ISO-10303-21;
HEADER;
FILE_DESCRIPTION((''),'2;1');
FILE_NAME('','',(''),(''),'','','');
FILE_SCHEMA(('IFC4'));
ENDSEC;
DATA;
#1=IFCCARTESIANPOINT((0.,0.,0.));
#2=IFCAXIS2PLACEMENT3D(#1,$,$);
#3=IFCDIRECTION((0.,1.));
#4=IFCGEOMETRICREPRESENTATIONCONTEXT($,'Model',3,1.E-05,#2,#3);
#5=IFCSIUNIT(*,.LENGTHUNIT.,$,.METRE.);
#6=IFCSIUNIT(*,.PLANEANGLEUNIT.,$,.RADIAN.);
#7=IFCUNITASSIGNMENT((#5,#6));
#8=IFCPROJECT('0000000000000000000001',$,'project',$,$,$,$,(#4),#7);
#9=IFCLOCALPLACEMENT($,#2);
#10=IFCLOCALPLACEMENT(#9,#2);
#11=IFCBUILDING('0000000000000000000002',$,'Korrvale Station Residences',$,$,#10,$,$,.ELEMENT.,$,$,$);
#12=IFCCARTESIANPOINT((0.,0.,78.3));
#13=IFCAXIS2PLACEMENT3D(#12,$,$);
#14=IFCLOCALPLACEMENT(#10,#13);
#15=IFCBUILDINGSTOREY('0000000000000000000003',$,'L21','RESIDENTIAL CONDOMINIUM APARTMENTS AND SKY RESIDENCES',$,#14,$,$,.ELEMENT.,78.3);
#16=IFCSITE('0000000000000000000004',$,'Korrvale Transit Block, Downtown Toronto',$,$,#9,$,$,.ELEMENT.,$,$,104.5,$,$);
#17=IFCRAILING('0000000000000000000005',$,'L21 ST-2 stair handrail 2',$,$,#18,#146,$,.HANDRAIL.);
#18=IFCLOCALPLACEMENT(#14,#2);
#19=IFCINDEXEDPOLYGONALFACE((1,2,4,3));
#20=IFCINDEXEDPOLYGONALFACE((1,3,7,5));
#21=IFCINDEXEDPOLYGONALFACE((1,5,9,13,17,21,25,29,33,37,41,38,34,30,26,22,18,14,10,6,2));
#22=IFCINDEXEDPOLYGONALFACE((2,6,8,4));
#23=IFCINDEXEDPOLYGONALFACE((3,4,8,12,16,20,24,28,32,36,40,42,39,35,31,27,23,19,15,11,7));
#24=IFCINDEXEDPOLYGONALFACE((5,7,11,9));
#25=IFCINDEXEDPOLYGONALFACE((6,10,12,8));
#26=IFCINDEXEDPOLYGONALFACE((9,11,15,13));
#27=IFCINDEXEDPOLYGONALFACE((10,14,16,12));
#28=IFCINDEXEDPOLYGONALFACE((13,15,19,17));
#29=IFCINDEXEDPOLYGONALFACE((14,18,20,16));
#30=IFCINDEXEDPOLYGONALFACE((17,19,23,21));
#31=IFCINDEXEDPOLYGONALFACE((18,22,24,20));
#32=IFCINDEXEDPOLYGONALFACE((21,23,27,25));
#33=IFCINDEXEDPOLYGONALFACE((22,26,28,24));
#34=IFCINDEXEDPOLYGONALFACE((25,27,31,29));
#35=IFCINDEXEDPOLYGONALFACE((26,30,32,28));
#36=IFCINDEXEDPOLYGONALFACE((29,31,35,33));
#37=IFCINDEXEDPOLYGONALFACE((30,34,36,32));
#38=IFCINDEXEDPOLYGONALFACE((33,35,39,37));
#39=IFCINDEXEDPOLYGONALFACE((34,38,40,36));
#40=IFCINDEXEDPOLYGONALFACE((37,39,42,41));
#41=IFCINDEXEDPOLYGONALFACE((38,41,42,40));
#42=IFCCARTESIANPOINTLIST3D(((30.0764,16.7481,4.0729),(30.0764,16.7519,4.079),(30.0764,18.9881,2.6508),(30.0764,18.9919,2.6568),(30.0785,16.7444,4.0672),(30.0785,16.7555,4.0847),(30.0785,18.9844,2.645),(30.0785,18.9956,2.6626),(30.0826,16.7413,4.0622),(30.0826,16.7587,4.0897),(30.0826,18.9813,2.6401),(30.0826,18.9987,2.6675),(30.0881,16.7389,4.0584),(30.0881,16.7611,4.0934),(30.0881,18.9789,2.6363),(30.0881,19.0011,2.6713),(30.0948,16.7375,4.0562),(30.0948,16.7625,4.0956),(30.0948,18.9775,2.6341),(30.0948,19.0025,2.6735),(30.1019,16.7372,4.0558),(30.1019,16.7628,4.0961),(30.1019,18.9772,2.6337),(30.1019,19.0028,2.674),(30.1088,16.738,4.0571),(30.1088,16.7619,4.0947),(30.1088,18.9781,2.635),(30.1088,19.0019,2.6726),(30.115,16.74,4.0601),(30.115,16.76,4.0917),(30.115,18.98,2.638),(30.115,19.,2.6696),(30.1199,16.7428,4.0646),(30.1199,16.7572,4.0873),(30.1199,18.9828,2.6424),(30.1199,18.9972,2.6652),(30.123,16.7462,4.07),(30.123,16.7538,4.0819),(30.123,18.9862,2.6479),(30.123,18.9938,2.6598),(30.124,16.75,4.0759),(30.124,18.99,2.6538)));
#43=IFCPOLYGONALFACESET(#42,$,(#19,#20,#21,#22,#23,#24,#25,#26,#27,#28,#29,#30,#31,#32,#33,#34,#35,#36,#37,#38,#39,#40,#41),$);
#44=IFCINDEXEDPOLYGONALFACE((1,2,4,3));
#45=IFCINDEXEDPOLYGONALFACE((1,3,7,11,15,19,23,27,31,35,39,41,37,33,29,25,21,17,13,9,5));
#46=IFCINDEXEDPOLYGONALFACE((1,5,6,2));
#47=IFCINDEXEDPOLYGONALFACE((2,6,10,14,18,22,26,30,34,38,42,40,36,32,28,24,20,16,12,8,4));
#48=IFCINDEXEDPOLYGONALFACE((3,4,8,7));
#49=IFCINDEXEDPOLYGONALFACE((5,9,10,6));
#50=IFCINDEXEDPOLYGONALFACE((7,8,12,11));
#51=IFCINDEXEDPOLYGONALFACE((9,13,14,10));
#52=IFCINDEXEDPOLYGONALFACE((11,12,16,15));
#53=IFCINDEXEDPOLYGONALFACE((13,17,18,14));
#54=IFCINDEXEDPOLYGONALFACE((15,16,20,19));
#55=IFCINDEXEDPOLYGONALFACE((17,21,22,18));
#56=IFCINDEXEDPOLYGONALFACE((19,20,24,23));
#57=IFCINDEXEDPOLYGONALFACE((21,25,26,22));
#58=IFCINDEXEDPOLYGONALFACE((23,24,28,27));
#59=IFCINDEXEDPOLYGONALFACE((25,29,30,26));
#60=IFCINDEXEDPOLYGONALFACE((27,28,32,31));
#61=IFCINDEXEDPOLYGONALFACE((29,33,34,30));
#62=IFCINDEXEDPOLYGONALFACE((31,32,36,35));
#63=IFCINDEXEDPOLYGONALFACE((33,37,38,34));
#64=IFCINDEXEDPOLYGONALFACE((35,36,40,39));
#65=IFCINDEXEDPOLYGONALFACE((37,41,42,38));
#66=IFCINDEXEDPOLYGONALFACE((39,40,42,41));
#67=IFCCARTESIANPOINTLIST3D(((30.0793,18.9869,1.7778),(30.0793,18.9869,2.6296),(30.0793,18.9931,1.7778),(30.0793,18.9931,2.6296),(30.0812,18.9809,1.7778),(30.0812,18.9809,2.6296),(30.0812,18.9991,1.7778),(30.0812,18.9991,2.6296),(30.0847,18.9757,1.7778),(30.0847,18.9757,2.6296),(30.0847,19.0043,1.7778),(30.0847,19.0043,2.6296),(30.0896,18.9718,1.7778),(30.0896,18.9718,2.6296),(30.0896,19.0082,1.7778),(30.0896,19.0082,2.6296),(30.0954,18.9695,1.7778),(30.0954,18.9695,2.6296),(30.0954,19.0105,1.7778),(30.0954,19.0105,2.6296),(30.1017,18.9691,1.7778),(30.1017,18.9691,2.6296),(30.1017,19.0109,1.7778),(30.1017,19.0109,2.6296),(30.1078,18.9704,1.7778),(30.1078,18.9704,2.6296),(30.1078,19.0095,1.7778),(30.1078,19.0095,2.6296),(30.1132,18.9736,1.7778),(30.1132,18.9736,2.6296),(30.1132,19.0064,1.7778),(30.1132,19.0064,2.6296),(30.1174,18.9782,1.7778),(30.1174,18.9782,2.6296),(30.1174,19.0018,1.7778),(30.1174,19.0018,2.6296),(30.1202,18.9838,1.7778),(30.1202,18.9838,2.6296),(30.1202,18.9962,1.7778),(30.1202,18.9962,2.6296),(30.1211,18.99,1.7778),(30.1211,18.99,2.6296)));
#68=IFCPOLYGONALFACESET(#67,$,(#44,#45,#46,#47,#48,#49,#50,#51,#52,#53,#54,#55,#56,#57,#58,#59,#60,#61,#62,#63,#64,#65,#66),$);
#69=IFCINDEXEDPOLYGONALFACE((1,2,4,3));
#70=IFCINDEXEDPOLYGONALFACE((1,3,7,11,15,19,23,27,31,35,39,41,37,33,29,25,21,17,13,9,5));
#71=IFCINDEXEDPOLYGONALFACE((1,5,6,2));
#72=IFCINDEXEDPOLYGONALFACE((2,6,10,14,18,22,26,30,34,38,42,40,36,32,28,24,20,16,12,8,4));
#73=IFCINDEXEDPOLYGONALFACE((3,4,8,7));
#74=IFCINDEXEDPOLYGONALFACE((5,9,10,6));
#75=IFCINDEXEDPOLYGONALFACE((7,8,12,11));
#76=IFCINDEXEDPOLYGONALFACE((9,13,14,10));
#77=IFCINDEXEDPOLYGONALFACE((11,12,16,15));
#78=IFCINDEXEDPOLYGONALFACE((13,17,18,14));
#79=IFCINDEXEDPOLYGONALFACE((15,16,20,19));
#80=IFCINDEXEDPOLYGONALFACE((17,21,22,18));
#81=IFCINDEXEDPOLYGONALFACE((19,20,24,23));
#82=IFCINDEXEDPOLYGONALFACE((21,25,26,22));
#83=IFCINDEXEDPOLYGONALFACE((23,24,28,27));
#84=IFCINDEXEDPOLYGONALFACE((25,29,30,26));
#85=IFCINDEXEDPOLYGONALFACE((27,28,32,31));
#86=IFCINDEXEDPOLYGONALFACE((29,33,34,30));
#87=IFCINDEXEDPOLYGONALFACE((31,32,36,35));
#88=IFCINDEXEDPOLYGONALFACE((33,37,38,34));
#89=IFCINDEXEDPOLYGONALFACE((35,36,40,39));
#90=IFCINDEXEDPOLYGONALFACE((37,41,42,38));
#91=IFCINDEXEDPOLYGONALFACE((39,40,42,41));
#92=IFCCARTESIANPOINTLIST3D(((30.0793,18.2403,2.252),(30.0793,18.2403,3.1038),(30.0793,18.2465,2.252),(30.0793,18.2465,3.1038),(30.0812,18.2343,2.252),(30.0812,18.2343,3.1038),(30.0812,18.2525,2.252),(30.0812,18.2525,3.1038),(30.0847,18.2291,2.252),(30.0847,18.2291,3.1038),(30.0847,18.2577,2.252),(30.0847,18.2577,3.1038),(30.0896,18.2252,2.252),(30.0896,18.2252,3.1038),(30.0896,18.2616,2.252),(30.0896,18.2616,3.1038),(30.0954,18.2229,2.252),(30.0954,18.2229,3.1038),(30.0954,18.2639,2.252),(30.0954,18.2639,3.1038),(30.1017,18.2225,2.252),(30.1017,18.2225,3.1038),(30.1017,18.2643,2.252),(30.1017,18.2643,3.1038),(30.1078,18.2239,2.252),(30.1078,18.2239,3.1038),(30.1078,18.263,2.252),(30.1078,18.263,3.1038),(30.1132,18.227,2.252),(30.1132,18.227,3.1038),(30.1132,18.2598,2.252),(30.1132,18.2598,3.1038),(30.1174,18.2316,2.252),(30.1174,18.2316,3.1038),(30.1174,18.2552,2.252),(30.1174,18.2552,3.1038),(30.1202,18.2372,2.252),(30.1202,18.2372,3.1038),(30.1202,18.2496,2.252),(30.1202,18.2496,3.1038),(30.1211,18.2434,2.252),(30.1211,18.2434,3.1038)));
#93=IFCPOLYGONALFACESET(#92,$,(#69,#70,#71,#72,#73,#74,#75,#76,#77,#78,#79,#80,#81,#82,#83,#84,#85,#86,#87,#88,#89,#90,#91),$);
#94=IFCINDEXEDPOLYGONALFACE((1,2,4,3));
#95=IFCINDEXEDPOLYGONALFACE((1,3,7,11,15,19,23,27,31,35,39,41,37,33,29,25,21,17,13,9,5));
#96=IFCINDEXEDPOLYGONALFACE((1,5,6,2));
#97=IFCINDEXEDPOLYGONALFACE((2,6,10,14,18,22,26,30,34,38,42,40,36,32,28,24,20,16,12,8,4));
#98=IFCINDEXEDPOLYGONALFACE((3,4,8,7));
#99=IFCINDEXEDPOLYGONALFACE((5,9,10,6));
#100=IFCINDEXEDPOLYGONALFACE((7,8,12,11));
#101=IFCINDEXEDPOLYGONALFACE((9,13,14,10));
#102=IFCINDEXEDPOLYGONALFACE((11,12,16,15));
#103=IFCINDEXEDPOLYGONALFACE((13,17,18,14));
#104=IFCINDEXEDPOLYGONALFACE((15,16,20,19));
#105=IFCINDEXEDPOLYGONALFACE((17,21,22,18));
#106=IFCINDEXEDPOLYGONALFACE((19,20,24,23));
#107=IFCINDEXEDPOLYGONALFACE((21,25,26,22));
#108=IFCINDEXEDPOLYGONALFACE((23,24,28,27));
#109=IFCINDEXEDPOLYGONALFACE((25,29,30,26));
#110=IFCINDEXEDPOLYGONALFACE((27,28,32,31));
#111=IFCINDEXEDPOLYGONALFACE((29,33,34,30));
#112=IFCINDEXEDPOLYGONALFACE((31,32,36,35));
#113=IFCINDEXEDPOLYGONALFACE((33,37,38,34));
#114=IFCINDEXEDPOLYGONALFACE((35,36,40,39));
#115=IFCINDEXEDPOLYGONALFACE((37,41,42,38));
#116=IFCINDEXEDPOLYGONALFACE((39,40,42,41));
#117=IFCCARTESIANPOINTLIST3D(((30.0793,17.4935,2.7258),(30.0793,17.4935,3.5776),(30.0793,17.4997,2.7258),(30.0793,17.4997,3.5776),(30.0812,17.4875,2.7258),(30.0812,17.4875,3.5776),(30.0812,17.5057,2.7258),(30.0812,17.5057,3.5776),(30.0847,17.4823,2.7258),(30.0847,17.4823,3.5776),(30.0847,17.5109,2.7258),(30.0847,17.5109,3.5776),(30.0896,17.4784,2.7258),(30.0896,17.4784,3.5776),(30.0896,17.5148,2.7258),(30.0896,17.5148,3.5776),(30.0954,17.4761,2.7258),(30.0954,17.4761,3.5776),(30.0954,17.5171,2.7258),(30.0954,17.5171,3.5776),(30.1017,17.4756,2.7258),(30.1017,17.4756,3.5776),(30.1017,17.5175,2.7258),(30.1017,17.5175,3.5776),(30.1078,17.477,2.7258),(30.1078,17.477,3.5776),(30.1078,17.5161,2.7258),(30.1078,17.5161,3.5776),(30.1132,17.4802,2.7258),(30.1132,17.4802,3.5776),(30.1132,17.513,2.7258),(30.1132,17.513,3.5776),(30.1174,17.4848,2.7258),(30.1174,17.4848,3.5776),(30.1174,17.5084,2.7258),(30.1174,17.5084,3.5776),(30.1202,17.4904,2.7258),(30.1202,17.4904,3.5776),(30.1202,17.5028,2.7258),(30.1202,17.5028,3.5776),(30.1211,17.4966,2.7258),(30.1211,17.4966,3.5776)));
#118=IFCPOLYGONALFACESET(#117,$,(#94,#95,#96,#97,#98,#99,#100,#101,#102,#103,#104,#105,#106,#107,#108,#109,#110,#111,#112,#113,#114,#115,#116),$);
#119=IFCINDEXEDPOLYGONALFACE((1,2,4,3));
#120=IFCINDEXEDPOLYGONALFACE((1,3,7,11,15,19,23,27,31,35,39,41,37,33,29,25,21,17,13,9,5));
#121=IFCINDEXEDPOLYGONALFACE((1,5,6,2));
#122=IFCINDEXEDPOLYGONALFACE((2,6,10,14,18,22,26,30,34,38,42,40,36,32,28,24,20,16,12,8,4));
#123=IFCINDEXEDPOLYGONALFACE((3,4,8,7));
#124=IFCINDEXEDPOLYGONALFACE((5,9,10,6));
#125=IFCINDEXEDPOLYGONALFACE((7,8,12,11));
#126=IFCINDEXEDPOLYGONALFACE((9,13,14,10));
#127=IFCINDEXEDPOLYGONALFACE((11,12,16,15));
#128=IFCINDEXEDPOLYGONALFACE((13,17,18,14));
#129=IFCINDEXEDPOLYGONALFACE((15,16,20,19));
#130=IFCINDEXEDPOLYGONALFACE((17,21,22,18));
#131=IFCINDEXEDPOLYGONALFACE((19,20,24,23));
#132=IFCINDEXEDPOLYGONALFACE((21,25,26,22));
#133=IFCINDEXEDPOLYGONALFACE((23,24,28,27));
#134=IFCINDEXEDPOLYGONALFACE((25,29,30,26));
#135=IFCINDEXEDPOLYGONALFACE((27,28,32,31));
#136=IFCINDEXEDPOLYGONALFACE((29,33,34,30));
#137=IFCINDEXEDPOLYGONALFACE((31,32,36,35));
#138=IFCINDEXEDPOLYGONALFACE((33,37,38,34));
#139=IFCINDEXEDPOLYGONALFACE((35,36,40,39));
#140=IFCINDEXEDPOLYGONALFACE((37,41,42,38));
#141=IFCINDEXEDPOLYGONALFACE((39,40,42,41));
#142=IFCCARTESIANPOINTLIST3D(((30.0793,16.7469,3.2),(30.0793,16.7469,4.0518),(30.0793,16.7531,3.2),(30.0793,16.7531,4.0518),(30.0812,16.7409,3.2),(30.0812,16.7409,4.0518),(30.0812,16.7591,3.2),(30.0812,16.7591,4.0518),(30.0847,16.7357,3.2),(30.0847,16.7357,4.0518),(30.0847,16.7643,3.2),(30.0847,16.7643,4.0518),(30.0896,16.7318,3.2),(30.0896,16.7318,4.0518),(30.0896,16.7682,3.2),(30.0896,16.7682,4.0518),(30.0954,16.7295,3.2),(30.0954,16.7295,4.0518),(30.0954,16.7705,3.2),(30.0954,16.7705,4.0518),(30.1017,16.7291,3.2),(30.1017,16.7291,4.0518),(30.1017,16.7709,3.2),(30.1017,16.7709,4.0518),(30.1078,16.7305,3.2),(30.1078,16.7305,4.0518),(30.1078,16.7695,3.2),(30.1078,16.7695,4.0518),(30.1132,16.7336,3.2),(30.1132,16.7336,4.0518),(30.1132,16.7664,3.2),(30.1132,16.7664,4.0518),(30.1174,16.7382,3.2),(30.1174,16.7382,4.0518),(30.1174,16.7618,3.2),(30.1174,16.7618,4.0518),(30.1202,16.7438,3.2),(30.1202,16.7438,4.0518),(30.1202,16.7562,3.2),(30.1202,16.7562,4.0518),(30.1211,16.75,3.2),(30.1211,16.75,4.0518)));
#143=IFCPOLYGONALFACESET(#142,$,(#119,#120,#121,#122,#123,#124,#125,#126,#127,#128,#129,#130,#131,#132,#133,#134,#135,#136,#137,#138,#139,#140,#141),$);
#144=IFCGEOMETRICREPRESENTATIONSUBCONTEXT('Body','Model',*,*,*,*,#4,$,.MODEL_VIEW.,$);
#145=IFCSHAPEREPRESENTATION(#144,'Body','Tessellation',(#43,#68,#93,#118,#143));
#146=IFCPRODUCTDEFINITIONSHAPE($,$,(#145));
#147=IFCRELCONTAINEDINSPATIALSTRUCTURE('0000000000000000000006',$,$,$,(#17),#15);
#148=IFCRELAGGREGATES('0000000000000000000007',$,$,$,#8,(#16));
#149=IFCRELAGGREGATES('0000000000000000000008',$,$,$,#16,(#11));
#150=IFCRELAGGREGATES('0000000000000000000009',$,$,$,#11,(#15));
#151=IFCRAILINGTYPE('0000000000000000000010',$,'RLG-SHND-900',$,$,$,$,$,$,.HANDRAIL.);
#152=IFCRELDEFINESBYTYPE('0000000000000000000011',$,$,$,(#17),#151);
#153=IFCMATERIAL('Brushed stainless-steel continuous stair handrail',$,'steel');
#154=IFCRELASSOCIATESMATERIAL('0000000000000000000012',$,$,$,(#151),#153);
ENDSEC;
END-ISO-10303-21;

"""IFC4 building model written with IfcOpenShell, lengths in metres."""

from ifc_helpers import new_model, si_unit, direction, frame, origin, origin_2d, place, context, subcontext, project, spatial, circle, extrude, material, type_object, element, save


model = new_model("IFC4")

# Units and contexts
model_context = context("Model", 3, precision=1e-05, world=origin(), true_north=direction((0.0, 1.0)))
body_context = subcontext(model_context, "Body", "Model", "MODEL_VIEW")
ifc_project = project(units=[si_unit("LENGTHUNIT", "METRE"), si_unit("PLANEANGLEUNIT", "RADIAN")], contexts=[model_context])

# Site, building, storey
site_placement = place(None, origin())
site = spatial("IfcSite", under=ifc_project, at=site_placement, Name="Korrvale Transit Block, Downtown Toronto", CompositionType="ELEMENT", RefElevation=104.5)
building_placement = place(site_placement, origin())
building = spatial("IfcBuilding", under=site, at=building_placement, Name="Korrvale Station Residences", CompositionType="ELEMENT")
storey_placement = place(building_placement, frame((0.0, 0.0, 78.3)))
storey = spatial("IfcBuildingStorey", under=building, at=storey_placement, Name="L21", Description="RESIDENTIAL CONDOMINIUM APARTMENTS AND SKY RESIDENCES", CompositionType="ELEMENT", Elevation=78.3)

# Railing
ifc_material_1 = material(Name="Brushed stainless-steel continuous stair handrail", Category="steel")
railing_type_1 = type_object("IfcRailingType", Name="RLG-SHND-900", PredefinedType="HANDRAIL", material=ifc_material_1)
railing_1_placement = place(storey_placement, frame((30.1001, 18.99, 1.7778)))
element("IfcRailing", 1, at=railing_1_placement, inside=storey, type_object=railing_type_1, Name="L21 ST-2 stair handrail 2", PredefinedType="HANDRAIL", context=body_context, shape_type="SweptSolid", body=[
    extrude(circle(Radius=0.0239, at=origin_2d()), frame((0.0, 0.0, 0.876), z_axis=(0.0, -0.844229, 0.535982), x_axis=(1.0, 0.0, 0.0)), (0.0, 0.0, 1.0), 2.6533),
    extrude(circle(Radius=0.021, at=origin_2d()), origin(), (0.0, 0.0, 1.0), 0.8518),
    extrude(circle(Radius=0.021, at=origin_2d()), frame((0.0, -0.7466, 0.4741)), (0.0, 0.0, 1.0), 0.8518),
    extrude(circle(Radius=0.021, at=origin_2d()), frame((0.0, -1.4934, 0.948)), (0.0, 0.0, 1.0), 0.8518),
    extrude(circle(Radius=0.021, at=origin_2d()), frame((0.0, -2.24, 1.4221)), (0.0, 0.0, 1.0), 0.8518),
])

save(model, "model.ifc")
